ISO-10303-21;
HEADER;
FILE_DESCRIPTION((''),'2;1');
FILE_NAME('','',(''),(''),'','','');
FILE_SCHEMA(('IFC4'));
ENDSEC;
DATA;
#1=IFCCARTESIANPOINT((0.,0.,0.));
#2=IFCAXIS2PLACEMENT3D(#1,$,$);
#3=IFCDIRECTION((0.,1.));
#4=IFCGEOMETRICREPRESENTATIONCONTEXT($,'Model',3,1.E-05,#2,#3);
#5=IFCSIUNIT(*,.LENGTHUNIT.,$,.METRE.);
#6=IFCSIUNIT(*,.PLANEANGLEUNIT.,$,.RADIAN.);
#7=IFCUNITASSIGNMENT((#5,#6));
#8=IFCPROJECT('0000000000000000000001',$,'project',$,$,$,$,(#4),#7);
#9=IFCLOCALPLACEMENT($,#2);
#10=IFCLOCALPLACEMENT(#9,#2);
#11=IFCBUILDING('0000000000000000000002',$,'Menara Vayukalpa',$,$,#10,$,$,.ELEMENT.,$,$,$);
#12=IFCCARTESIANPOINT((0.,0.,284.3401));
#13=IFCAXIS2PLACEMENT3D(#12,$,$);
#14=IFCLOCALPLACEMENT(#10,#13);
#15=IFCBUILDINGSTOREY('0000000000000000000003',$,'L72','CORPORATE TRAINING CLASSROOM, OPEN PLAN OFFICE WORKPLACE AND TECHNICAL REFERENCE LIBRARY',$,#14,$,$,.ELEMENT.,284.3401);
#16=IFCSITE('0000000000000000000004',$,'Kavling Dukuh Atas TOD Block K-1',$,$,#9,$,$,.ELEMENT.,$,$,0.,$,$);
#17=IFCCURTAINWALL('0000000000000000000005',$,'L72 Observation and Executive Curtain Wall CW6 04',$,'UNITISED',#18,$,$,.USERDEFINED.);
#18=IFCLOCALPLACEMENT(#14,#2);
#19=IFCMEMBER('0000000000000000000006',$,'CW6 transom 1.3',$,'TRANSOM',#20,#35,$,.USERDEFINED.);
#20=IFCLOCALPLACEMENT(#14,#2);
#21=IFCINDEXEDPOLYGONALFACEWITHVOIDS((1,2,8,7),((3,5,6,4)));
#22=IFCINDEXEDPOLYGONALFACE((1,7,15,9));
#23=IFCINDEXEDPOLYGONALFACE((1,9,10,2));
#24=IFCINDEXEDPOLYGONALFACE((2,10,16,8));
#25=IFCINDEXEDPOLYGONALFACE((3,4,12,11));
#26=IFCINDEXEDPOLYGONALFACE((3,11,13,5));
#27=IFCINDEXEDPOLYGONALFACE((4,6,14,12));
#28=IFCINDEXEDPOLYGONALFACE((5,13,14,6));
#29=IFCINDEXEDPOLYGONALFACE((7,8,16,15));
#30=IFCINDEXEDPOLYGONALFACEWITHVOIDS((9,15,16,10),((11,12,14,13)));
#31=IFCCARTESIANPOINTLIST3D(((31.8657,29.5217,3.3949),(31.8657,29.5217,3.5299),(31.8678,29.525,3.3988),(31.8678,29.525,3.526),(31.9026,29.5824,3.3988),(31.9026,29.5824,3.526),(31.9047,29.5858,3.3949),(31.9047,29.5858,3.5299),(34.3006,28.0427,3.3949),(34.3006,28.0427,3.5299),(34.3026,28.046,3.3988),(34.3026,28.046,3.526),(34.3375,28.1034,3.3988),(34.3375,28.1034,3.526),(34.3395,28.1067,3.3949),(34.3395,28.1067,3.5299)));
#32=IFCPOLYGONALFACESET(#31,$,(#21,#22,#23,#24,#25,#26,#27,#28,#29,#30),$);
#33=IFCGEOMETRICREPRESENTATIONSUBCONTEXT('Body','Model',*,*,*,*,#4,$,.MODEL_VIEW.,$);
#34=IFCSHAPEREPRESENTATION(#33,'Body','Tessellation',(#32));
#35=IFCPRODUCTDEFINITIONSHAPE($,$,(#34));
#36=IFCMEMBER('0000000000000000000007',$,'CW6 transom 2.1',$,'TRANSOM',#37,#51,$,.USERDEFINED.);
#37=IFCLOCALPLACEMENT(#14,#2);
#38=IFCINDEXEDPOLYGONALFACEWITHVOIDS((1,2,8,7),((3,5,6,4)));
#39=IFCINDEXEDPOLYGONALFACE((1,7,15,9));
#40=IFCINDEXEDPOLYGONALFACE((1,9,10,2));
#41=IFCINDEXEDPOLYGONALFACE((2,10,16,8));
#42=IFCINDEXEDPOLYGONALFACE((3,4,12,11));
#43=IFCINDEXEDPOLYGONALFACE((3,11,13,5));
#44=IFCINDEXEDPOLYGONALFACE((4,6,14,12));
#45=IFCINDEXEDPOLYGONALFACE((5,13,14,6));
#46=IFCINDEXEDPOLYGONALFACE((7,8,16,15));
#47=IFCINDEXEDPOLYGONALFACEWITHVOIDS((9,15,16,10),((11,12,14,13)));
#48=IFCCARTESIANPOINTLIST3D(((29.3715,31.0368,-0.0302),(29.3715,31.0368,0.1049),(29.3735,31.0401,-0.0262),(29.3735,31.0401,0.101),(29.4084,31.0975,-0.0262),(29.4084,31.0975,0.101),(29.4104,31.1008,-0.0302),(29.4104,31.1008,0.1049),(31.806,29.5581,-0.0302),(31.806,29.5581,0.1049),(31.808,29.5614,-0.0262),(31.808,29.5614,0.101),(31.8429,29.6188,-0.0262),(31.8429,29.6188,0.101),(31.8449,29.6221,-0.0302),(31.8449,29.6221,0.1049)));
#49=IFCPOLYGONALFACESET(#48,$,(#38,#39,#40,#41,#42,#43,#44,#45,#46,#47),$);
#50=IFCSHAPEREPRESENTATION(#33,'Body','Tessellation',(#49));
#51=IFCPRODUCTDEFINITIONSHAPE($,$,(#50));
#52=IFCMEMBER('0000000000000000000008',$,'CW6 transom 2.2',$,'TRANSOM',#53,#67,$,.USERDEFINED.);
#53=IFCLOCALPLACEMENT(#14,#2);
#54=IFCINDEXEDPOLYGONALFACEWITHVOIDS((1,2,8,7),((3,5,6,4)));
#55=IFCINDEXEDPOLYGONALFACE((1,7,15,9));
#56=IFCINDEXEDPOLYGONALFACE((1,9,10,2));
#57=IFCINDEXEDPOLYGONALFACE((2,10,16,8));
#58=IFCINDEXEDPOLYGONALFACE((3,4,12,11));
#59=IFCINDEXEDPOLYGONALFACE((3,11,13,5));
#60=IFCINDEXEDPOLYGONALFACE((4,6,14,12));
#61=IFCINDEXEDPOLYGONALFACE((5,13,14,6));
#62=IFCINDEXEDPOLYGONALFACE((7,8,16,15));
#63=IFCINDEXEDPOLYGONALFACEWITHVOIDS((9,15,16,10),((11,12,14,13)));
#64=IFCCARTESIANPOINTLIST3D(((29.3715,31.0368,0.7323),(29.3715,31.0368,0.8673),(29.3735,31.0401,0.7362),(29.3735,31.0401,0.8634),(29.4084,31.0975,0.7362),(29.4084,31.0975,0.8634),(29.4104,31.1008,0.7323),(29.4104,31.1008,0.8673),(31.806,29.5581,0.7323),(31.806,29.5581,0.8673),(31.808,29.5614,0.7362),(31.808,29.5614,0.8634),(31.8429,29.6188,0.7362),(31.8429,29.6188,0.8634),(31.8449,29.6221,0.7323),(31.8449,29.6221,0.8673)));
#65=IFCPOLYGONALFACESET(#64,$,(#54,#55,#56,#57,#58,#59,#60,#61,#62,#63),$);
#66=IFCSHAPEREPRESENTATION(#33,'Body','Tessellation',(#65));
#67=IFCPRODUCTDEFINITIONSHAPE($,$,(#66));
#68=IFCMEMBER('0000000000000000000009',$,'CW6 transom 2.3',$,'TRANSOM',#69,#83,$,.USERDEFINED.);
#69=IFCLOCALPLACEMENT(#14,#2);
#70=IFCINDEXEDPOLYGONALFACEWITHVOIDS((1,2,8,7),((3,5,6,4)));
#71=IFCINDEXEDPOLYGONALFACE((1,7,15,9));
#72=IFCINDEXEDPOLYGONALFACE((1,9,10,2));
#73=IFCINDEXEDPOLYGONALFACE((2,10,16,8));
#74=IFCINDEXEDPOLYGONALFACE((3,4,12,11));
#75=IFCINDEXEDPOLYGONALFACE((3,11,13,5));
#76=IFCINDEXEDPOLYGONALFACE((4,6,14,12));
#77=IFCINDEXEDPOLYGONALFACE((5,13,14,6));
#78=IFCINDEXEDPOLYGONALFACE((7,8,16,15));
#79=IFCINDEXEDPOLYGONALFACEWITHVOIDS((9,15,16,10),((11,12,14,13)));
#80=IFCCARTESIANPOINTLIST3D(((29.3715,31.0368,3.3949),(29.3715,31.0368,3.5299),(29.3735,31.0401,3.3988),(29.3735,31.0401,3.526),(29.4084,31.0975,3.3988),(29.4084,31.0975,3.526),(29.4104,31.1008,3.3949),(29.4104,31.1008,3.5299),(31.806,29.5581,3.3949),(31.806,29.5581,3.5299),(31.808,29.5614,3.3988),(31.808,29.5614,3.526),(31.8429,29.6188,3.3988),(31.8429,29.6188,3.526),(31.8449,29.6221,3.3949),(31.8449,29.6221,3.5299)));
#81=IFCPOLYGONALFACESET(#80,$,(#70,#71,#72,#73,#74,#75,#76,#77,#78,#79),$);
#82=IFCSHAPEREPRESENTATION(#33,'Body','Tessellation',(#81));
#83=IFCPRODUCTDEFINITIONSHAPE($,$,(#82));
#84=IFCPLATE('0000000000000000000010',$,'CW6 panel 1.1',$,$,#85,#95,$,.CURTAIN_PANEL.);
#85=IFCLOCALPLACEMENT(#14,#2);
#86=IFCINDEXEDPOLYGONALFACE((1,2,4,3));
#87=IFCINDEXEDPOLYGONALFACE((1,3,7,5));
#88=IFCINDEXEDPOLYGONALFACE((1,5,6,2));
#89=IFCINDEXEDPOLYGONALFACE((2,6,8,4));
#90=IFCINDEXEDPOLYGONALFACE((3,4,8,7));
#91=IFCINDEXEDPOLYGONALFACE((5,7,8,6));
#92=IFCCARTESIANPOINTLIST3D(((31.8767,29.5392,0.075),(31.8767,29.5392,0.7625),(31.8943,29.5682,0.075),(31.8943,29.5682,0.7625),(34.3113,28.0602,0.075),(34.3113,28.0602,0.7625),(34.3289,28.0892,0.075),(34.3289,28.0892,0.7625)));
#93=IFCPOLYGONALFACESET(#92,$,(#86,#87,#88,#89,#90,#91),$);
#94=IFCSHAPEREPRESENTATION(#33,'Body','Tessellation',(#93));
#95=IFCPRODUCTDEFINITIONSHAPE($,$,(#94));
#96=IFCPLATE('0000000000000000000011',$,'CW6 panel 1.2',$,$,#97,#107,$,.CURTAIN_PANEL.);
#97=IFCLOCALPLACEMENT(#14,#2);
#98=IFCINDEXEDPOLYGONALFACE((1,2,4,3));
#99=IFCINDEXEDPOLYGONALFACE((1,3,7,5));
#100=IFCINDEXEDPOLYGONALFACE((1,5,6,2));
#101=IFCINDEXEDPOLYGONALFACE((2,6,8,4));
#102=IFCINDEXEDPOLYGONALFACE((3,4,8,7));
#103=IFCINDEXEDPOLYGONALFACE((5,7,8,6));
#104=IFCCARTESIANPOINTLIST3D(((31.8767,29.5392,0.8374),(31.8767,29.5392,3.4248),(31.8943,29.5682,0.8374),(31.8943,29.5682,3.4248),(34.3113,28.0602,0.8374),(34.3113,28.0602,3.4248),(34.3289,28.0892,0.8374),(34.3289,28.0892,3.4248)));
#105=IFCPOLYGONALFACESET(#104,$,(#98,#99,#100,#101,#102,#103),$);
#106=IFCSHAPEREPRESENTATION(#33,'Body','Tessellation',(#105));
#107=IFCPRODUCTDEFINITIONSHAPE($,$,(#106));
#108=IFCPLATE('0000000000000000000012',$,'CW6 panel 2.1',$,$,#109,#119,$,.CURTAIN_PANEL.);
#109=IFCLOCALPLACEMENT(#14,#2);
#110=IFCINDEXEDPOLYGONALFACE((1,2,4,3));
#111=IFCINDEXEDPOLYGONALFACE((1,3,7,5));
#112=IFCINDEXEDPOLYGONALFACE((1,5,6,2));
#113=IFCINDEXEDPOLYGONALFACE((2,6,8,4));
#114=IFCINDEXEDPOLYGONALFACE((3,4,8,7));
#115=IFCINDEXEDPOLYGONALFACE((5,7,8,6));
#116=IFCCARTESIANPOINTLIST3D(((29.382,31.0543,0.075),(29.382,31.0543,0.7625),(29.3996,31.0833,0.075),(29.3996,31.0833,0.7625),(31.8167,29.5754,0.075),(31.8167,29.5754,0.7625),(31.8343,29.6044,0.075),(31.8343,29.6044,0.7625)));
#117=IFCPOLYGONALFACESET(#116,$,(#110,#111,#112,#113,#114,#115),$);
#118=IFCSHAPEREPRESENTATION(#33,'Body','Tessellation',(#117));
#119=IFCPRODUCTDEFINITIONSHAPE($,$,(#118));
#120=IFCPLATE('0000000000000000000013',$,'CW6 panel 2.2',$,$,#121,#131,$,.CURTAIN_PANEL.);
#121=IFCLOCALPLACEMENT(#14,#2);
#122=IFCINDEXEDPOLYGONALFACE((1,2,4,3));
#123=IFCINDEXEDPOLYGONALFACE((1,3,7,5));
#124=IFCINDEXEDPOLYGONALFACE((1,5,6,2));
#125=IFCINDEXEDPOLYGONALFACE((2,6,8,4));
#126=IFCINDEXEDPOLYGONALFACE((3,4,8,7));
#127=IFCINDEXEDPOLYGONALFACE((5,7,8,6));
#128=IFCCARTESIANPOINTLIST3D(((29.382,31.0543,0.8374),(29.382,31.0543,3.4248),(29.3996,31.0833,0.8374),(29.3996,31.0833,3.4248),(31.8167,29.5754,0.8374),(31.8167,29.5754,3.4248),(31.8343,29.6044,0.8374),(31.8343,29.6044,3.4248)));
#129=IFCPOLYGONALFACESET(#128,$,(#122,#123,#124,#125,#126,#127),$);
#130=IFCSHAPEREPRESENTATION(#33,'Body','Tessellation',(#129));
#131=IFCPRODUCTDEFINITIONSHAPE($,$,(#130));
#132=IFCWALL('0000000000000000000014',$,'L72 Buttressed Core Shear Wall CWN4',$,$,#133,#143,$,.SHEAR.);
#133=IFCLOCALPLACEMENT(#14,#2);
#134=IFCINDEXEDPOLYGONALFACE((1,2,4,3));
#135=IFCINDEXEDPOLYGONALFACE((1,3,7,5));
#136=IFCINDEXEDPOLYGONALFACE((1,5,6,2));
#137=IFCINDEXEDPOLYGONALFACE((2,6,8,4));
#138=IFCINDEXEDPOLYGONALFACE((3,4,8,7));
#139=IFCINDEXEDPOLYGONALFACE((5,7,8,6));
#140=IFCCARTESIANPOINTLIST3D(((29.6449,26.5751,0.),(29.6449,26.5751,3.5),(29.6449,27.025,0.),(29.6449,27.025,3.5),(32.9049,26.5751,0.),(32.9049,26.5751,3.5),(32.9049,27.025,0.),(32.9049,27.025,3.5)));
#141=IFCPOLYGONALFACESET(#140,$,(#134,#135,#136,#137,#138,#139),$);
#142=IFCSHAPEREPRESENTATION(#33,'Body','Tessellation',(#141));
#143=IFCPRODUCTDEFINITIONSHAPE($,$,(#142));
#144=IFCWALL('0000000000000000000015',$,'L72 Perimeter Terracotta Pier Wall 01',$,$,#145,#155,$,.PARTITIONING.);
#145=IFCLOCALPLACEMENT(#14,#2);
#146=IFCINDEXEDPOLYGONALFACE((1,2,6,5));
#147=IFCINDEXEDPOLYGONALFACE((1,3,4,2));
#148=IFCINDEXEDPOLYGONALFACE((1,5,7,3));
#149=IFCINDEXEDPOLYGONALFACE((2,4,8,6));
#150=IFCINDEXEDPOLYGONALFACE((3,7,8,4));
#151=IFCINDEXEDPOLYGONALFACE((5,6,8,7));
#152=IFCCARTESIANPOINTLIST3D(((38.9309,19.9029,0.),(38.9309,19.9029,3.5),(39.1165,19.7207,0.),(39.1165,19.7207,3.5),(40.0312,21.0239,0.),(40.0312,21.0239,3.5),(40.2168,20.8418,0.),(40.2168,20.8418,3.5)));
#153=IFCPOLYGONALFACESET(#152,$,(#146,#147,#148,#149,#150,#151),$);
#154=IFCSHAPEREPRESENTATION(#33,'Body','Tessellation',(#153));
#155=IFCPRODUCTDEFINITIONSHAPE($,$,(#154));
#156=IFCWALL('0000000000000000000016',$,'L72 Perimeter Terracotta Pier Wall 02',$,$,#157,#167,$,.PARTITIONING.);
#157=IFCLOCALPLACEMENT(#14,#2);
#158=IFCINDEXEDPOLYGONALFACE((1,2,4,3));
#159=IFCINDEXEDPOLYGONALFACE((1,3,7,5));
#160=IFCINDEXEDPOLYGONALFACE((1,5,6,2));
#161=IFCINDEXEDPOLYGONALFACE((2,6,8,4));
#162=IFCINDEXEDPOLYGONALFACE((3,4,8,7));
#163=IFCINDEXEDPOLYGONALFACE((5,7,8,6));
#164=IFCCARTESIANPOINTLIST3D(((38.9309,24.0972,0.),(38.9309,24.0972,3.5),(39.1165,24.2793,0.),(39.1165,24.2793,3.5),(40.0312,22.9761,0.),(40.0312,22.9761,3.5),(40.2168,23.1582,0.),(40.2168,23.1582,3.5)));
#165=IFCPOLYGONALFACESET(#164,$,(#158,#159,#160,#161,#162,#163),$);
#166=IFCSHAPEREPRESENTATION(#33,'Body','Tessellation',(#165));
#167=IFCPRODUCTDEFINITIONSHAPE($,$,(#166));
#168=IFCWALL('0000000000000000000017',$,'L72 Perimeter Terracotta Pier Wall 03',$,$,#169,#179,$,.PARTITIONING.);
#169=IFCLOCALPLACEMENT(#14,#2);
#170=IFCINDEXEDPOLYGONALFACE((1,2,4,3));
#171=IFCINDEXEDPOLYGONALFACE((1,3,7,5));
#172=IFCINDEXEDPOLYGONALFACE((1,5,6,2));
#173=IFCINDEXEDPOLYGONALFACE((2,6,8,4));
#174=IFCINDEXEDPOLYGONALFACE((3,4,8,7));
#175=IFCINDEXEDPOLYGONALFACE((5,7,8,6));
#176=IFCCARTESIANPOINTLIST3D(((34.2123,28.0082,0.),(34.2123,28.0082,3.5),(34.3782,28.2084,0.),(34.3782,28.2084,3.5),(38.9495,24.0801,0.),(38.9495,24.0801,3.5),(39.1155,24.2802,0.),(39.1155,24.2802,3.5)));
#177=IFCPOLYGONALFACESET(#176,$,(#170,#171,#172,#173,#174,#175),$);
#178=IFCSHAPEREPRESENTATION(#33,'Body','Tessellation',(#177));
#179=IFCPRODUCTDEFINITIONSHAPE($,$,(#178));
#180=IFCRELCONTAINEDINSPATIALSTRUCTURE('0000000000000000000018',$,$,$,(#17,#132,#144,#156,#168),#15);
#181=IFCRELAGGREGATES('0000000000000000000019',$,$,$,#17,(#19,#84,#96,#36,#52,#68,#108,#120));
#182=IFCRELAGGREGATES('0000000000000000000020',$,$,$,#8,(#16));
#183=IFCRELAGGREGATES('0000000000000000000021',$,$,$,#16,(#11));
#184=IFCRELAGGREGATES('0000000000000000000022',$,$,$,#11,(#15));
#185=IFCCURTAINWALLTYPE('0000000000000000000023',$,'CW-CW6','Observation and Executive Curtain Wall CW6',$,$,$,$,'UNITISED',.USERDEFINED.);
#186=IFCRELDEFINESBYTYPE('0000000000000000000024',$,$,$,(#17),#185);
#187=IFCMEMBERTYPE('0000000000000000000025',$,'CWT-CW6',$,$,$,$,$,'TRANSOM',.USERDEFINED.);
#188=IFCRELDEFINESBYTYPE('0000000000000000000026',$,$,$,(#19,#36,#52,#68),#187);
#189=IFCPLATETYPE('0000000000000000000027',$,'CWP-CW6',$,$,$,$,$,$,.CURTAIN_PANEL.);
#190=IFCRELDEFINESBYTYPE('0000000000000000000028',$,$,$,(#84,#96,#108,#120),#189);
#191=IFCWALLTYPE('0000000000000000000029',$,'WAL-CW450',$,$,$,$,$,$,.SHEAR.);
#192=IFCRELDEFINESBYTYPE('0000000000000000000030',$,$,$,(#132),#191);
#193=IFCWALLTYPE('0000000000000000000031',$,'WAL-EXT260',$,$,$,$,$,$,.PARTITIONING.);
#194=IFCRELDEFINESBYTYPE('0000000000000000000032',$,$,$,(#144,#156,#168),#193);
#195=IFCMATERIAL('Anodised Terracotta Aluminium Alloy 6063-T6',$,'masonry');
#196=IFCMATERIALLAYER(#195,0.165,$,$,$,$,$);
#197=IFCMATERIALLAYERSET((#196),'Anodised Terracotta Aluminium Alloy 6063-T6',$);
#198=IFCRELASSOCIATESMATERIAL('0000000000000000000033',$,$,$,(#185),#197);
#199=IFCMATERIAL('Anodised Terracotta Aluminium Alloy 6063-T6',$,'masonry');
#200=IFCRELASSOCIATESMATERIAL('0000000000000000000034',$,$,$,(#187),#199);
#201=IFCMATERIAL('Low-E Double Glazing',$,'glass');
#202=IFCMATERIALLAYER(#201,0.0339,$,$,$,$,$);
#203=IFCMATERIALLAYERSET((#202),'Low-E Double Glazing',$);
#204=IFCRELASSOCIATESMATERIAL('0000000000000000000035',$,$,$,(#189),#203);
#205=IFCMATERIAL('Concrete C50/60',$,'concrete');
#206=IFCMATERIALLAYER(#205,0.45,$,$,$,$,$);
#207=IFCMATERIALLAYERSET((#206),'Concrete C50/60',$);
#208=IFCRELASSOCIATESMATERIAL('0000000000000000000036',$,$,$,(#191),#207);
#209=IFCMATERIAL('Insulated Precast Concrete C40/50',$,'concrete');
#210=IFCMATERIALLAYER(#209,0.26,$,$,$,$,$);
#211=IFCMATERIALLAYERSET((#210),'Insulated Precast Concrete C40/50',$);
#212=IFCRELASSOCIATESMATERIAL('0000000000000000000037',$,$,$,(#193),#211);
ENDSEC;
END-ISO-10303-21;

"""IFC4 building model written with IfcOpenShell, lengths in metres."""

from ifc_helpers import new_model, si_unit, direction, frame, frame_2d, origin, origin_2d, place, context, subcontext, project, spatial, rectangle, hollow_rectangle, extrude, material, layer, layer_set, material_profile, profile_set, type_object, element, aggregate, save


model = new_model("IFC4")

# Units and contexts
model_context = context("Model", 3, precision=1e-05, world=origin(), true_north=direction((0.0, 1.0)))
body_context = subcontext(model_context, "Body", "Model", "MODEL_VIEW")
ifc_project = project(units=[si_unit("LENGTHUNIT", "METRE"), si_unit("PLANEANGLEUNIT", "RADIAN")], contexts=[model_context])

# Site, building, storey
site_placement = place(None, origin())
site = spatial("IfcSite", under=ifc_project, at=site_placement, Name="Kavling Dukuh Atas TOD Block K-1", CompositionType="ELEMENT", RefElevation=0.0)
building_placement = place(site_placement, origin())
building = spatial("IfcBuilding", under=site, at=building_placement, Name="Menara Vayukalpa", CompositionType="ELEMENT")
storey_placement = place(building_placement, frame((0.0, 0.0, 284.3401)))
storey = spatial("IfcBuildingStorey", under=building, at=storey_placement, Name="L72", Description="CORPORATE TRAINING CLASSROOM, OPEN PLAN OFFICE WORKPLACE AND TECHNICAL REFERENCE LIBRARY", CompositionType="ELEMENT", Elevation=284.3401)

# Curtain wall
ifc_material_1 = material(Name="Anodised Terracotta Aluminium Alloy 6063-T6", Category="masonry")
ifc_layer_1 = layer(ifc_material_1, 0.165)
ifc_layer_set_1 = layer_set([ifc_layer_1], Name="Anodised Terracotta Aluminium Alloy 6063-T6")
curtain_wall_type = type_object("IfcCurtainWallType", Name="CW-CW6", Description="Observation and Executive Curtain Wall CW6", ElementType="UNITISED", PredefinedType="USERDEFINED", material=ifc_layer_set_1)
curtain_wall_1_placement = place(storey_placement, origin())
curtain_wall_1 = element("IfcCurtainWall", 1, at=curtain_wall_1_placement, inside=storey, type_object=curtain_wall_type, Name="L72 Observation and Executive Curtain Wall CW6 04", ObjectType="UNITISED", PredefinedType="USERDEFINED")

# Members
ifc_material_2 = material(Name="Anodised Terracotta Aluminium Alloy 6063-T6", Category="masonry")
ifc_material_profile_1 = material_profile(ifc_material_2, hollow_rectangle(XDim=0.075, YDim=0.135, WallThickness=0.0039, at=origin_2d()), Name="ALU 75x135x4")
ifc_profile_set_1 = profile_set([ifc_material_profile_1], Name="Anodised Terracotta Aluminium Alloy 6063-T6")
member_type_1 = type_object("IfcMemberType", Name="CWT-CW6", ElementType="TRANSOM", PredefinedType="USERDEFINED", material=ifc_profile_set_1)
member_1_placement = place(storey_placement, frame((34.3201, 28.0747, 3.4624), z_axis=(-0.854675, 0.519164, 0.0), x_axis=(-0.519164, -0.854675, 0.0)))
member_1 = element("IfcMember", 2, at=member_1_placement, type_object=member_type_1, Name="CW6 transom 1.3", ObjectType="TRANSOM", PredefinedType="USERDEFINED", context=body_context, shape_type="SweptSolid", body=[
    extrude(hollow_rectangle(XDim=0.075, YDim=0.135, WallThickness=0.0039, at=origin_2d()), origin(), (0.0, 0.0, 1.0), 2.8489),
])
member_2_placement = place(storey_placement, frame((31.8254, 29.5901, 0.0374), z_axis=(-0.85469, 0.519139, 0.0), x_axis=(-0.519139, -0.85469, 0.0)))
member_2 = element("IfcMember", 3, at=member_2_placement, type_object=member_type_1, Name="CW6 transom 2.1", ObjectType="TRANSOM", PredefinedType="USERDEFINED", context=body_context, shape_type="SweptSolid", body=[
    extrude(hollow_rectangle(XDim=0.075, YDim=0.135, WallThickness=0.0039, at=origin_2d()), origin(), (0.0, 0.0, 1.0), 2.8484),
])
member_3_placement = place(storey_placement, frame((31.8254, 29.5901, 0.7998), z_axis=(-0.85469, 0.519139, 0.0), x_axis=(-0.519139, -0.85469, 0.0)))
member_3 = element("IfcMember", 4, at=member_3_placement, type_object=member_type_1, Name="CW6 transom 2.2", ObjectType="TRANSOM", PredefinedType="USERDEFINED", context=body_context, shape_type="SweptSolid", body=[
    extrude(hollow_rectangle(XDim=0.075, YDim=0.135, WallThickness=0.0039, at=origin_2d()), origin(), (0.0, 0.0, 1.0), 2.8484),
])
member_4_placement = place(storey_placement, frame((31.8254, 29.5901, 3.4624), z_axis=(-0.85469, 0.519139, 0.0), x_axis=(-0.519139, -0.85469, 0.0)))
member_4 = element("IfcMember", 5, at=member_4_placement, type_object=member_type_1, Name="CW6 transom 2.3", ObjectType="TRANSOM", PredefinedType="USERDEFINED", context=body_context, shape_type="SweptSolid", body=[
    extrude(hollow_rectangle(XDim=0.075, YDim=0.135, WallThickness=0.0039, at=origin_2d()), origin(), (0.0, 0.0, 1.0), 2.8484),
])

# Plates
ifc_material_3 = material(Name="Low-E Double Glazing", Category="glass")
ifc_layer_2 = layer(ifc_material_3, 0.0339)
ifc_layer_set_2 = layer_set([ifc_layer_2], Name="Low-E Double Glazing")
plate_type = type_object("IfcPlateType", Name="CWP-CW6", PredefinedType="CURTAIN_PANEL", material=ifc_layer_set_2)
plate_1_placement = place(storey_placement, frame((33.1028, 28.8142, 0.075), z_axis=(0.0, 0.0, 1.0), x_axis=(-0.854668, 0.519176, 0.0)))
plate_1 = element("IfcPlate", 6, at=plate_1_placement, type_object=plate_type, Name="CW6 panel 1.1", PredefinedType="CURTAIN_PANEL", context=body_context, shape_type="SweptSolid", body=[
    extrude(rectangle(XDim=2.8486, YDim=0.0339, at=origin_2d()), origin(), (0.0, 0.0, 1.0), 0.6875),
])
plate_2_placement = place(storey_placement, frame((33.1028, 28.8142, 0.8374), z_axis=(0.0, 0.0, 1.0), x_axis=(-0.854668, 0.519176, 0.0)))
plate_2 = element("IfcPlate", 7, at=plate_2_placement, type_object=plate_type, Name="CW6 panel 1.2", PredefinedType="CURTAIN_PANEL", context=body_context, shape_type="SweptSolid", body=[
    extrude(rectangle(XDim=2.8486, YDim=0.0339, at=origin_2d()), origin(), (0.0, 0.0, 1.0), 2.5874),
])
plate_3_placement = place(storey_placement, frame((30.6082, 30.3293, 0.075), z_axis=(0.0, 0.0, 1.0), x_axis=(-0.854668, 0.519176, 0.0)))
plate_3 = element("IfcPlate", 8, at=plate_3_placement, type_object=plate_type, Name="CW6 panel 2.1", PredefinedType="CURTAIN_PANEL", context=body_context, shape_type="SweptSolid", body=[
    extrude(rectangle(XDim=2.8486, YDim=0.0339, at=origin_2d()), origin(), (0.0, 0.0, 1.0), 0.6875),
])
plate_4_placement = place(storey_placement, frame((30.6082, 30.3293, 0.8374), z_axis=(0.0, 0.0, 1.0), x_axis=(-0.854668, 0.519176, 0.0)))
plate_4 = element("IfcPlate", 9, at=plate_4_placement, type_object=plate_type, Name="CW6 panel 2.2", PredefinedType="CURTAIN_PANEL", context=body_context, shape_type="SweptSolid", body=[
    extrude(rectangle(XDim=2.8486, YDim=0.0339, at=origin_2d()), origin(), (0.0, 0.0, 1.0), 2.5874),
])
aggregate(curtain_wall_1, [member_1, plate_1, plate_2, member_2, member_3, member_4, plate_3, plate_4])

# Walls
ifc_material_4 = material(Name="Concrete C50/60", Category="concrete")
ifc_layer_3 = layer(ifc_material_4, 0.45)
ifc_layer_set_3 = layer_set([ifc_layer_3], Name="Concrete C50/60")
wall_type_1 = type_object("IfcWallType", Name="WAL-CW450", PredefinedType="SHEAR", material=ifc_layer_set_3)
wall_1_placement = place(storey_placement, frame((29.645, 26.8, 0.0), z_axis=(0.0, 0.0, 1.0), x_axis=(1.0, 0.0, 0.0)))
element("IfcWall", 10, at=wall_1_placement, inside=storey, type_object=wall_type_1, Name="L72 Buttressed Core Shear Wall CWN4", PredefinedType="SHEAR", context=body_context, shape_type="SweptSolid", body=[
    extrude(rectangle(XDim=3.26, YDim=0.45, at=frame_2d((1.6299, 0.0))), origin(), (0.0, 0.0, 1.0), 3.5),
])
ifc_material_5 = material(Name="Insulated Precast Concrete C40/50", Category="concrete")
ifc_layer_4 = layer(ifc_material_5, 0.26)
ifc_layer_set_4 = layer_set([ifc_layer_4], Name="Insulated Precast Concrete C40/50")
wall_type_2 = type_object("IfcWallType", Name="WAL-EXT260", PredefinedType="PARTITIONING", material=ifc_layer_set_4)
for number, where, z_axis, x_axis, name in (
    (11, (40.124, 20.9329, 0.0), (0.0, 0.0, 1.0), (-0.700471, -0.713681, 0.0), "L72 Perimeter Terracotta Pier Wall 01"),
    (12, (39.0237, 24.1882, 0.0), (0.0, 0.0, 1.0), (0.700471, -0.713681, 0.0), "L72 Perimeter Terracotta Pier Wall 02"),
):
    element("IfcWall", number, at=place(storey_placement, frame(where, z_axis=z_axis, x_axis=x_axis)), inside=storey, type_object=wall_type_2, Name=name, PredefinedType="PARTITIONING", context=body_context, shape_type="SweptSolid", body=[
        extrude(rectangle(XDim=1.5708, YDim=0.26, at=frame_2d((0.7854, 0.0))), origin(), (0.0, 0.0, 1.0), 3.5),
    ])
wall_2_placement = place(storey_placement, frame((34.2952, 28.1084, 0.0), z_axis=(0.0, 0.0, 1.0), x_axis=(0.76978, -0.638309, 0.0)))
element("IfcWall", 13, at=wall_2_placement, inside=storey, type_object=wall_type_2, Name="L72 Perimeter Terracotta Pier Wall 03", PredefinedType="PARTITIONING", context=body_context, shape_type="SweptSolid", body=[
    extrude(rectangle(XDim=6.1541, YDim=0.26, at=frame_2d((3.0771, 0.0))), origin(), (0.0, 0.0, 1.0), 3.5),
])

save(model, "model.ifc")
